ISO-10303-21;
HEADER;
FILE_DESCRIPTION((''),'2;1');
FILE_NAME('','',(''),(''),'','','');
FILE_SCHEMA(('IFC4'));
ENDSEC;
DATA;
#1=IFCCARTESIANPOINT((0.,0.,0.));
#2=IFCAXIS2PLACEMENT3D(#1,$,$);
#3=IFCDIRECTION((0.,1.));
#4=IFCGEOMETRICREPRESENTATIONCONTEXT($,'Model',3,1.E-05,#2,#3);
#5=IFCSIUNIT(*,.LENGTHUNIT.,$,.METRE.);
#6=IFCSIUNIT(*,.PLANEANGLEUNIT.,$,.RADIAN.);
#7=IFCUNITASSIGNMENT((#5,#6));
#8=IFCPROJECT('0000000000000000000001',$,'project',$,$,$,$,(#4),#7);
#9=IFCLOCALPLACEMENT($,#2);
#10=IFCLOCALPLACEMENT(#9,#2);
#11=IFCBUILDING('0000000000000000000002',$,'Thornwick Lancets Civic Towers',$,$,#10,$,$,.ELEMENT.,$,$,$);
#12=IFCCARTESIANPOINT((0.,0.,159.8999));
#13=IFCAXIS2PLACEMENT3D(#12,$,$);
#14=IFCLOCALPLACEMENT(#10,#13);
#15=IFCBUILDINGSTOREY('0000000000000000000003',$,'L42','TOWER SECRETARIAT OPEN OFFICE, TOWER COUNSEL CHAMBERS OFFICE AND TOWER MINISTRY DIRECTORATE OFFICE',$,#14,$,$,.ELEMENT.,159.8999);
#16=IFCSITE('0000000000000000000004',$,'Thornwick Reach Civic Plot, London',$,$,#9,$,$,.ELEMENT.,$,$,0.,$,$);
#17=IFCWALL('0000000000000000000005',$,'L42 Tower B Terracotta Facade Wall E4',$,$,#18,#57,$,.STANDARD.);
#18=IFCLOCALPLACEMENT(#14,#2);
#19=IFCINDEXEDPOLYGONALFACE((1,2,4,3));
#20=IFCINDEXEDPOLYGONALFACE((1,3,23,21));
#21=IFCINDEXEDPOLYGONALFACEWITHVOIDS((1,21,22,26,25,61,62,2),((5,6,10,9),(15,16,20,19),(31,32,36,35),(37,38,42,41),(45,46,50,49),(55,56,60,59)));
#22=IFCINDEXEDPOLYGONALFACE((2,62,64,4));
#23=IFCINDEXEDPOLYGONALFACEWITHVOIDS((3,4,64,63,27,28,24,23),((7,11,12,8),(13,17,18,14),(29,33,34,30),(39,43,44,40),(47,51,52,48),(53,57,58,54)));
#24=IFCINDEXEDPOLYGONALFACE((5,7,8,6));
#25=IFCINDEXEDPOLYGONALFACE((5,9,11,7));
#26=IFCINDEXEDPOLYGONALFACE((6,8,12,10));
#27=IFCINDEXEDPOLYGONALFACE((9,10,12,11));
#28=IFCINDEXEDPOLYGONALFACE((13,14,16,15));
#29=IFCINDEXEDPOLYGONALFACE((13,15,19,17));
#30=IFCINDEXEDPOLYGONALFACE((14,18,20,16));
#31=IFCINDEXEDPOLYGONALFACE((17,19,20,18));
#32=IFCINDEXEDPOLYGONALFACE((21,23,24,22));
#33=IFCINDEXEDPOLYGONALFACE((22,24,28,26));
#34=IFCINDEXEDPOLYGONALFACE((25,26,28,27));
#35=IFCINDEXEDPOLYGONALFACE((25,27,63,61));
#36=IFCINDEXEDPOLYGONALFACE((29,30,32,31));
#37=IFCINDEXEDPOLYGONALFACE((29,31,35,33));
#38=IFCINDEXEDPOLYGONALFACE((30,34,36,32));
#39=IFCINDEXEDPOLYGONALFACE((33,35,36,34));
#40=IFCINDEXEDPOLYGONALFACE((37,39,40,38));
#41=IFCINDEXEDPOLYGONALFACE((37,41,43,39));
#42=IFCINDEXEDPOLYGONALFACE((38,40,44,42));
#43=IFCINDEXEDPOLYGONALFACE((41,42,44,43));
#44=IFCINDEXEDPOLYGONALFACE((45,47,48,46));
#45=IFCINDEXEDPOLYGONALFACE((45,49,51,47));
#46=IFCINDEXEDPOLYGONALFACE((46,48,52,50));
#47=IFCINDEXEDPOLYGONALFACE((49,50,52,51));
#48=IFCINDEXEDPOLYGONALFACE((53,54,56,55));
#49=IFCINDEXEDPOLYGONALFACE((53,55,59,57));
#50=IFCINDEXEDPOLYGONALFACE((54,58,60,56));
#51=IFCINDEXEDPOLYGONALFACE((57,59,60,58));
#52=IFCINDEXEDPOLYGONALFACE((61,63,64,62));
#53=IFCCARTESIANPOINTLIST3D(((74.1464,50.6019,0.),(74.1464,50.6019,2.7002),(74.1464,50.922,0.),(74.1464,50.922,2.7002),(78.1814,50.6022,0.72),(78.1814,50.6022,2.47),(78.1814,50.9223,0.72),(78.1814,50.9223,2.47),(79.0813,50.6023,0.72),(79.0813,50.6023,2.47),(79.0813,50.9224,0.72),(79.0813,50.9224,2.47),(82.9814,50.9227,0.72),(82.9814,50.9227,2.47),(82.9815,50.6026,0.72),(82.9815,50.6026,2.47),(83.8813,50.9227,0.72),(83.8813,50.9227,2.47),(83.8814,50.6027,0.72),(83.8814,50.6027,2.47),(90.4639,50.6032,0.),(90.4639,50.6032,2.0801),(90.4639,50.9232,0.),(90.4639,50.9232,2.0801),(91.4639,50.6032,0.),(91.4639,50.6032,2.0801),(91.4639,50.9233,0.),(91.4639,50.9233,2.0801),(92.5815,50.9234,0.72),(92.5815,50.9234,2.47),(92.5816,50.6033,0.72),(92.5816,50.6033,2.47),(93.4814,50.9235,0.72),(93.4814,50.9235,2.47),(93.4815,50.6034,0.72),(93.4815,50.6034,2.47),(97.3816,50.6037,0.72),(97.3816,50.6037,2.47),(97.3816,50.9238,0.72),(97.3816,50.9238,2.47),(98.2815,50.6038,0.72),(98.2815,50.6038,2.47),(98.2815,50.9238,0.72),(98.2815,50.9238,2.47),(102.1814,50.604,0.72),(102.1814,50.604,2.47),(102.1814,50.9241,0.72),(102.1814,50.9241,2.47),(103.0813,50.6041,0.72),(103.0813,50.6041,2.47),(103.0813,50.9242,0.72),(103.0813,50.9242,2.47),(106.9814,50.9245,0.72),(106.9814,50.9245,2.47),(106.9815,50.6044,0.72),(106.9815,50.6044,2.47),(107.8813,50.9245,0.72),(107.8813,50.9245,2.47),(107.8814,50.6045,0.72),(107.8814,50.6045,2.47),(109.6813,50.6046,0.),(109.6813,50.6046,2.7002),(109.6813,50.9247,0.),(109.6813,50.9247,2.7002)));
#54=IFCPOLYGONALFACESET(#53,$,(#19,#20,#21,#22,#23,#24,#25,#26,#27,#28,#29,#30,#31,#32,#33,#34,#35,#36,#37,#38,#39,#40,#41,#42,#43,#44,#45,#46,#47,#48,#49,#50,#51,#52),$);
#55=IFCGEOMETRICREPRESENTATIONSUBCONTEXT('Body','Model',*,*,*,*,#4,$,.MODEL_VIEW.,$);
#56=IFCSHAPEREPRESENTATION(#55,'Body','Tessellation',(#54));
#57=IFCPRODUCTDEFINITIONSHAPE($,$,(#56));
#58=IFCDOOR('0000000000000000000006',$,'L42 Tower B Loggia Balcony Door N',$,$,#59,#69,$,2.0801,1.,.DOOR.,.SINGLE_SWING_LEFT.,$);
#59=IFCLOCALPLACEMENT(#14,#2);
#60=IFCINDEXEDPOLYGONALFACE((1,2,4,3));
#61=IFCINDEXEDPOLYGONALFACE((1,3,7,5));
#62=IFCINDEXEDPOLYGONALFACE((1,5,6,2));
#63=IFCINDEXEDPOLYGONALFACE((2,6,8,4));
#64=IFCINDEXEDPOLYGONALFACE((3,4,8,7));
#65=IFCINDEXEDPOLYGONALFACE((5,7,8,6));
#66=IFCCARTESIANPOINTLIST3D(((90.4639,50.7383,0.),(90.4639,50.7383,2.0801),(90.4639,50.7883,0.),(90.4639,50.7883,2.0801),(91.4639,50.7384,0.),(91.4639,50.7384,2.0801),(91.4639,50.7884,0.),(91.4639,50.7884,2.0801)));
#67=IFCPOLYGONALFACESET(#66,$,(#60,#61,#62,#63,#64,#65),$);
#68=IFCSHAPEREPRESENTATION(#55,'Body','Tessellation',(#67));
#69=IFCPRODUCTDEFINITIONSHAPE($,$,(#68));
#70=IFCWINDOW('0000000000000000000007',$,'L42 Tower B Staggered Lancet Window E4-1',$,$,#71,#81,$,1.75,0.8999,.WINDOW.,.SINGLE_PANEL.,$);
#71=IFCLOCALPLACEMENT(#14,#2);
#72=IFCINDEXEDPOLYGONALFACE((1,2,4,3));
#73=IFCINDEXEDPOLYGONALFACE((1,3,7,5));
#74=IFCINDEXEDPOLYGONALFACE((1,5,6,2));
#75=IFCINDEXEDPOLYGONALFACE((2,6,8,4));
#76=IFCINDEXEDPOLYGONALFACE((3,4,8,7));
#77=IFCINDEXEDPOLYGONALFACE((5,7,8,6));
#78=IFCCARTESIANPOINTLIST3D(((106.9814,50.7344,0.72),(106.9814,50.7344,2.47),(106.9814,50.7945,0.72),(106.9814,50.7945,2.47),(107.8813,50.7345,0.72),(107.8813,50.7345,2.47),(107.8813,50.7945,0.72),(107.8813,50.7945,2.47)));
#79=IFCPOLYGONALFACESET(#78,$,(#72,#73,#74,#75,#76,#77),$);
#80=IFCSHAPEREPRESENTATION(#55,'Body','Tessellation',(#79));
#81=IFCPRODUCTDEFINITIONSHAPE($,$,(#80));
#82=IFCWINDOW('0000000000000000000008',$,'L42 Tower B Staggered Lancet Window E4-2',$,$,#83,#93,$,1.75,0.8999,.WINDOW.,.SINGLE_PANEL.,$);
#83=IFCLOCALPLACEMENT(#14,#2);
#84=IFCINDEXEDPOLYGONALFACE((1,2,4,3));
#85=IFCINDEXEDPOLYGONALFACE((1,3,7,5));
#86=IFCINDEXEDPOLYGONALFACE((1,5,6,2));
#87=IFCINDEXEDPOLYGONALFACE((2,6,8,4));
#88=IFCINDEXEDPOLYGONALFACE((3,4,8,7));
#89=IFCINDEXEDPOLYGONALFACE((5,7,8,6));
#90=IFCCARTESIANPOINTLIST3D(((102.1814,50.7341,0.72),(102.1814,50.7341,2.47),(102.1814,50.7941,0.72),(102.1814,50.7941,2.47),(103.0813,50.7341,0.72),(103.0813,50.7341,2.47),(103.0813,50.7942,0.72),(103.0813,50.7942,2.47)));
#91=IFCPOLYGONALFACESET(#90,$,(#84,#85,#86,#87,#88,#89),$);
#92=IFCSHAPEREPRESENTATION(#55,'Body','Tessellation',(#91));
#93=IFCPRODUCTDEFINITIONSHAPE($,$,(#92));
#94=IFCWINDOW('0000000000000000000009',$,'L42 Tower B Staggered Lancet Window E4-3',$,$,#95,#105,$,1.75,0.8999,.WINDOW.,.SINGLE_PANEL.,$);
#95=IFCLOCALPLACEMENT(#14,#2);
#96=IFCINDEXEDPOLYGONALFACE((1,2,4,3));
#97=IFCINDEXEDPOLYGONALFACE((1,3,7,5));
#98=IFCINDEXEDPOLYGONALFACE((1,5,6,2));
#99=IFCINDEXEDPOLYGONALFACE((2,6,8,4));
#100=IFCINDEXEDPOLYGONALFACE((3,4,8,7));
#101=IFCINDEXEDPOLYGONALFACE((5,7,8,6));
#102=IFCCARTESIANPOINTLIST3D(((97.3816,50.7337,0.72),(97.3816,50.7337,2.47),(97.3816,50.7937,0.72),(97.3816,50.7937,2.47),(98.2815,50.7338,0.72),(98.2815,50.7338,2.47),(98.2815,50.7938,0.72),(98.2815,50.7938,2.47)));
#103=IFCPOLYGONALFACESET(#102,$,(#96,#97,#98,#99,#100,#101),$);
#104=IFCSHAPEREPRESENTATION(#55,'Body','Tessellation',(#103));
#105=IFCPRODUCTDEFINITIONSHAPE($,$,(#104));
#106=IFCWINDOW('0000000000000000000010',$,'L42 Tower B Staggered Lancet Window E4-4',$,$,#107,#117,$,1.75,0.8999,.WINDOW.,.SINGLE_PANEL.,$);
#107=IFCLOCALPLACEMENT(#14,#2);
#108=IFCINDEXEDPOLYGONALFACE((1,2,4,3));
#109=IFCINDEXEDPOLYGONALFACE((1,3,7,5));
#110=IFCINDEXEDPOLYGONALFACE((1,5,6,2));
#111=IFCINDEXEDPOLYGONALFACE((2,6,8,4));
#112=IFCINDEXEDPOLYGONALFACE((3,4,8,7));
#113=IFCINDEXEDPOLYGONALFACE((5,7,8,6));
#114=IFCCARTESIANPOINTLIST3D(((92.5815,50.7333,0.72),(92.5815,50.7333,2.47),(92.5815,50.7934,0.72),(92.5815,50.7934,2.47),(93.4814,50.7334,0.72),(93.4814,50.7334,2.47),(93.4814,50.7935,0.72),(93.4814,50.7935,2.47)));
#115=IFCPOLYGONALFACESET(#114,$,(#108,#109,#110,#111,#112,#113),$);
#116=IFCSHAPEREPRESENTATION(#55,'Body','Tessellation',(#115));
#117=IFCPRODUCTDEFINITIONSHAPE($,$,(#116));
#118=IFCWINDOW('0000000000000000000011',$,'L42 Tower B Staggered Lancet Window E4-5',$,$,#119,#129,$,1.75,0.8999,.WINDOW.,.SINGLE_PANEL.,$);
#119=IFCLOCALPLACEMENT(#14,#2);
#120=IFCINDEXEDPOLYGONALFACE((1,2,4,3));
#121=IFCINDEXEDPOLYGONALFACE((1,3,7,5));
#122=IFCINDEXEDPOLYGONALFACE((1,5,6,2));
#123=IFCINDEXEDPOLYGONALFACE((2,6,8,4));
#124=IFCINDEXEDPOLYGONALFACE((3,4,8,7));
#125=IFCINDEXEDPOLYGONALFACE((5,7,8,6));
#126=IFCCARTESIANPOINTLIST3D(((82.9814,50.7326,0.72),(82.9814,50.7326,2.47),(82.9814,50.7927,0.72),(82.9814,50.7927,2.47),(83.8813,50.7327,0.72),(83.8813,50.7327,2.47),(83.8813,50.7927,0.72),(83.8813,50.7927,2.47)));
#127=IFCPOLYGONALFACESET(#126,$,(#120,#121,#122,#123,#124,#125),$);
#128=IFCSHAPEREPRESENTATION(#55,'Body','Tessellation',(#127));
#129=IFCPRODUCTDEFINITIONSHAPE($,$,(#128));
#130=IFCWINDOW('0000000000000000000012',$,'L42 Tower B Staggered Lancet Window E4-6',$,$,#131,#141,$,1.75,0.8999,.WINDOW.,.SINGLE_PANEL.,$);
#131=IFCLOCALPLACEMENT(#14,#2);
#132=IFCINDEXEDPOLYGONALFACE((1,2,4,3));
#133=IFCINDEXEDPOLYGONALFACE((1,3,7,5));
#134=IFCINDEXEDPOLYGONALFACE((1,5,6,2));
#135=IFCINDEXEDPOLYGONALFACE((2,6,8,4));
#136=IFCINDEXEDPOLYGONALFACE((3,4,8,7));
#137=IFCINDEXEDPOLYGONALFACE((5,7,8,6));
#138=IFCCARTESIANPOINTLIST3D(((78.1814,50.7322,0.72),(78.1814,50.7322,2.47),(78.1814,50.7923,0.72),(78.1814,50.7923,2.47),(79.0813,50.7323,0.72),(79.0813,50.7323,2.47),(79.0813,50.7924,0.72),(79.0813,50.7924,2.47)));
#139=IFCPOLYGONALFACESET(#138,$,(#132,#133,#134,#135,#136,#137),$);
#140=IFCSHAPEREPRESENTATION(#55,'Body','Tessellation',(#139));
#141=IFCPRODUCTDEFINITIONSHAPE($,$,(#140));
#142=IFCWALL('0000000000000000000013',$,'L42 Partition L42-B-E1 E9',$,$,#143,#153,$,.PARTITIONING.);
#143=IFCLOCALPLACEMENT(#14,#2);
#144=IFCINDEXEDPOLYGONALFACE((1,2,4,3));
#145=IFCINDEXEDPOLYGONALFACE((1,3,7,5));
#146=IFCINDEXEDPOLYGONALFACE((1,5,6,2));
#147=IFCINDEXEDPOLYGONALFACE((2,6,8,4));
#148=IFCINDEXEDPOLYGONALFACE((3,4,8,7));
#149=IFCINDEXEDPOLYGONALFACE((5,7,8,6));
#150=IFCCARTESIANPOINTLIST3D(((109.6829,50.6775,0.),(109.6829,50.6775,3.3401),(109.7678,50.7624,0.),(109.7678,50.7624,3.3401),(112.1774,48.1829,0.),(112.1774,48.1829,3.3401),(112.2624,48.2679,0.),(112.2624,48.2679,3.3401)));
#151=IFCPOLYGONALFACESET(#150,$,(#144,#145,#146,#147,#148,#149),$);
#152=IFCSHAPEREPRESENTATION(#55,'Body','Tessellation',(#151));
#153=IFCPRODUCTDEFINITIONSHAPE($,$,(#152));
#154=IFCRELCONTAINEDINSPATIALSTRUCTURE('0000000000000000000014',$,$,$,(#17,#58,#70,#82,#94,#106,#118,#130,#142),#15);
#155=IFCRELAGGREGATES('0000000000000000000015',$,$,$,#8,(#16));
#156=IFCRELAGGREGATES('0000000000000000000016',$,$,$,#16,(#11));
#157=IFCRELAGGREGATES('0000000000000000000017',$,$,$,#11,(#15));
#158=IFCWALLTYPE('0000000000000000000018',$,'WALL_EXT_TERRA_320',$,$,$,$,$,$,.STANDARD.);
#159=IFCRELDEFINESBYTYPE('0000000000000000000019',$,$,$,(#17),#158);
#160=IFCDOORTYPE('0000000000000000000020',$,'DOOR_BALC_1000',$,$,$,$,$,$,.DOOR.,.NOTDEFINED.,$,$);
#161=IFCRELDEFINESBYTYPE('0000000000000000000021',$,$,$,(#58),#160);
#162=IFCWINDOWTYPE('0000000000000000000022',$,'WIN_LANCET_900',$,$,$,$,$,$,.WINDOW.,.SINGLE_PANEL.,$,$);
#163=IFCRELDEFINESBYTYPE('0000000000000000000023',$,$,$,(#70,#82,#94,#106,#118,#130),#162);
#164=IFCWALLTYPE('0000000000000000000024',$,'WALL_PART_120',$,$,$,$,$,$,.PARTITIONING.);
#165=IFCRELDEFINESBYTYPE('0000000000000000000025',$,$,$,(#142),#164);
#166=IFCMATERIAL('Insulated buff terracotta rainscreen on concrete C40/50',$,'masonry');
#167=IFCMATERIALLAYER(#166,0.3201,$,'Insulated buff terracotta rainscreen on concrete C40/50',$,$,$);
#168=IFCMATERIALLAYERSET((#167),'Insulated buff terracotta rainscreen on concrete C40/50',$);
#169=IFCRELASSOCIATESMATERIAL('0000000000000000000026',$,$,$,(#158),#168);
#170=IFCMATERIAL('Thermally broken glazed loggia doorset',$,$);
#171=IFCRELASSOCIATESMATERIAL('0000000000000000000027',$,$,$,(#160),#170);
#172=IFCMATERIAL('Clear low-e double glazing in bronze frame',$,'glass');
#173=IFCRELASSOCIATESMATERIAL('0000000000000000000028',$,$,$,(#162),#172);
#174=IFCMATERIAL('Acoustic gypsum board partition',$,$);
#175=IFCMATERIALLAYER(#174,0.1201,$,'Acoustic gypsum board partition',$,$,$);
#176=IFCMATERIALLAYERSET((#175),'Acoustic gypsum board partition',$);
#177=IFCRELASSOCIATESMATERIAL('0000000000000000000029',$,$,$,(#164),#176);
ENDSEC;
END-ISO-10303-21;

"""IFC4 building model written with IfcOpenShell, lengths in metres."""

from ifc_helpers import new_model, si_unit, direction, frame, frame_2d, origin, place, context, subcontext, project, spatial, rectangle, extrude, material, layer, layer_set, type_object, element, fill, save


model = new_model("IFC4")

# Units and contexts
model_context = context("Model", 3, precision=1e-05, world=origin(), true_north=direction((0.0, 1.0)))
body_context = subcontext(model_context, "Body", "Model", "MODEL_VIEW")
ifc_project = project(units=[si_unit("LENGTHUNIT", "METRE"), si_unit("PLANEANGLEUNIT", "RADIAN")], contexts=[model_context])

# Site, building, storey
site_placement = place(None, origin())
site = spatial("IfcSite", under=ifc_project, at=site_placement, Name="Thornwick Reach Civic Plot, London", CompositionType="ELEMENT", RefElevation=0.0)
building_placement = place(site_placement, origin())
building = spatial("IfcBuilding", under=site, at=building_placement, Name="Thornwick Lancets Civic Towers", CompositionType="ELEMENT")
storey_placement = place(building_placement, frame((0.0, 0.0, 159.8999)))
storey = spatial("IfcBuildingStorey", under=building, at=storey_placement, Name="L42", Description="TOWER SECRETARIAT OPEN OFFICE, TOWER COUNSEL CHAMBERS OFFICE AND TOWER MINISTRY DIRECTORATE OFFICE", CompositionType="ELEMENT", Elevation=159.8999)

# Wall, openings, door, windows
ifc_material_1 = material(Name="Insulated buff terracotta rainscreen on concrete C40/50", Category="masonry")
ifc_layer_1 = layer(ifc_material_1, 0.3201, Name="Insulated buff terracotta rainscreen on concrete C40/50")
ifc_layer_set_1 = layer_set([ifc_layer_1], Name="Insulated buff terracotta rainscreen on concrete C40/50")
wall_type_1 = type_object("IfcWallType", Name="WALL_EXT_TERRA_320", PredefinedType="STANDARD", material=ifc_layer_set_1)
wall_1_placement = place(storey_placement, frame((109.6814, 50.7646, 0.0), z_axis=(0.0, 0.0, 1.0), x_axis=(-1.0, -0.000076, 0.0)))
wall_1 = element("IfcWall", 1, at=wall_1_placement, inside=storey, type_object=wall_type_1, Name="L42 Tower B Terracotta Facade Wall E4", PredefinedType="STANDARD", context=body_context, shape_type="SweptSolid", body=[
    extrude(rectangle(XDim=35.5349, YDim=0.3201, at=frame_2d((17.7676, 0.0))), origin(), (0.0, 0.0, 1.0), 2.7002),
])
opening_1_placement = place(wall_1_placement, frame((18.2175, 0.0, 0.0)))
opening_1 = element("IfcOpeningElement", 2, at=opening_1_placement, cuts=wall_1, PredefinedType="OPENING", context=body_context, shape_type="SweptSolid", body=[
    extrude(rectangle(XDim=1.0, YDim=2.0801, at=frame_2d((0.5, 1.04))), frame((0.0, 0.1699, 0.0), z_axis=(0.0, -1.0, 0.0), x_axis=(1.0, 0.0, 0.0)), (0.0, 0.0, 1.0), 0.3401),
])
opening_2_placement = place(wall_1_placement, frame((1.8, 0.0, 0.72)))
opening_2 = element("IfcOpeningElement", 3, at=opening_2_placement, cuts=wall_1, PredefinedType="OPENING", context=body_context, shape_type="SweptSolid", body=[
    extrude(rectangle(XDim=0.8999, YDim=1.75, at=frame_2d((0.45, 0.875))), frame((0.0, 0.1699, 0.0), z_axis=(0.0, -1.0, 0.0), x_axis=(1.0, 0.0, 0.0)), (0.0, 0.0, 1.0), 0.3401),
])
opening_3_placement = place(wall_1_placement, frame((6.6001, 0.0, 0.72)))
opening_3 = element("IfcOpeningElement", 4, at=opening_3_placement, cuts=wall_1, PredefinedType="OPENING", context=body_context, shape_type="SweptSolid", body=[
    extrude(rectangle(XDim=0.8999, YDim=1.75, at=frame_2d((0.45, 0.875))), frame((0.0, 0.1699, 0.0), z_axis=(0.0, -1.0, 0.0), x_axis=(1.0, 0.0, 0.0)), (0.0, 0.0, 1.0), 0.3401),
])
opening_4_placement = place(wall_1_placement, frame((11.3999, 0.0, 0.72)))
opening_4 = element("IfcOpeningElement", 5, at=opening_4_placement, cuts=wall_1, PredefinedType="OPENING", context=body_context, shape_type="SweptSolid", body=[
    extrude(rectangle(XDim=0.8999, YDim=1.75, at=frame_2d((0.45, 0.875))), frame((0.0, 0.1699, 0.0), z_axis=(0.0, -1.0, 0.0), x_axis=(1.0, 0.0, 0.0)), (0.0, 0.0, 1.0), 0.3401),
])
opening_5_placement = place(wall_1_placement, frame((16.2, 0.0, 0.72)))
opening_5 = element("IfcOpeningElement", 6, at=opening_5_placement, cuts=wall_1, PredefinedType="OPENING", context=body_context, shape_type="SweptSolid", body=[
    extrude(rectangle(XDim=0.8999, YDim=1.75, at=frame_2d((0.45, 0.875))), frame((0.0, 0.1699, 0.0), z_axis=(0.0, -1.0, 0.0), x_axis=(1.0, 0.0, 0.0)), (0.0, 0.0, 1.0), 0.3401),
])
opening_6_placement = place(wall_1_placement, frame((25.8, 0.0, 0.72)))
opening_6 = element("IfcOpeningElement", 7, at=opening_6_placement, cuts=wall_1, PredefinedType="OPENING", context=body_context, shape_type="SweptSolid", body=[
    extrude(rectangle(XDim=0.8999, YDim=1.75, at=frame_2d((0.45, 0.875))), frame((0.0, 0.1699, 0.0), z_axis=(0.0, -1.0, 0.0), x_axis=(1.0, 0.0, 0.0)), (0.0, 0.0, 1.0), 0.3401),
])
opening_7_placement = place(wall_1_placement, frame((30.6001, 0.0, 0.72)))
opening_7 = element("IfcOpeningElement", 8, at=opening_7_placement, cuts=wall_1, PredefinedType="OPENING", context=body_context, shape_type="SweptSolid", body=[
    extrude(rectangle(XDim=0.8999, YDim=1.75, at=frame_2d((0.45, 0.875))), frame((0.0, 0.1699, 0.0), z_axis=(0.0, -1.0, 0.0), x_axis=(1.0, 0.0, 0.0)), (0.0, 0.0, 1.0), 0.3401),
])
ifc_material_2 = material(Name="Thermally broken glazed loggia doorset")
door_type = type_object("IfcDoorType", Name="DOOR_BALC_1000", OperationType="NOTDEFINED", PredefinedType="DOOR", material=ifc_material_2)
door_placement = place(opening_1_placement, origin())
door = element("IfcDoor", 9, at=door_placement, inside=storey, type_object=door_type, Name="L42 Tower B Loggia Balcony Door N", OperationType="SINGLE_SWING_LEFT", OverallHeight=2.0801, OverallWidth=1.0, PredefinedType="DOOR", context=body_context, shape_type="SweptSolid", body=[
    extrude(rectangle(XDim=1.0, YDim=2.0801, at=frame_2d((0.5, 1.04))), frame((0.0, 0.0249, 0.0), z_axis=(0.0, -1.0, 0.0), x_axis=(1.0, 0.0, 0.0)), (0.0, 0.0, 1.0), 0.05),
])
fill(opening_1, door)
ifc_material_3 = material(Name="Clear low-e double glazing in bronze frame", Category="glass")
window_type = type_object("IfcWindowType", Name="WIN_LANCET_900", PartitioningType="SINGLE_PANEL", PredefinedType="WINDOW", material=ifc_material_3)
window_1_placement = place(opening_2_placement, origin())
window_1 = element("IfcWindow", 10, at=window_1_placement, inside=storey, type_object=window_type, Name="L42 Tower B Staggered Lancet Window E4-1", OverallHeight=1.75, OverallWidth=0.8999, PartitioningType="SINGLE_PANEL", PredefinedType="WINDOW", context=body_context, shape_type="SweptSolid", body=[
    extrude(rectangle(XDim=0.8999, YDim=1.75, at=frame_2d((0.45, 0.875))), frame((0.0, 0.03, 0.0), z_axis=(0.0, -1.0, 0.0), x_axis=(1.0, 0.0, 0.0)), (0.0, 0.0, 1.0), 0.0601),
])
fill(opening_2, window_1)
window_2_placement = place(opening_3_placement, origin())
window_2 = element("IfcWindow", 11, at=window_2_placement, inside=storey, type_object=window_type, Name="L42 Tower B Staggered Lancet Window E4-2", OverallHeight=1.75, OverallWidth=0.8999, PartitioningType="SINGLE_PANEL", PredefinedType="WINDOW", context=body_context, shape_type="SweptSolid", body=[
    extrude(rectangle(XDim=0.8999, YDim=1.75, at=frame_2d((0.45, 0.875))), frame((0.0, 0.03, 0.0), z_axis=(0.0, -1.0, 0.0), x_axis=(1.0, 0.0, 0.0)), (0.0, 0.0, 1.0), 0.0601),
])
fill(opening_3, window_2)
window_3_placement = place(opening_4_placement, origin())
window_3 = element("IfcWindow", 12, at=window_3_placement, inside=storey, type_object=window_type, Name="L42 Tower B Staggered Lancet Window E4-3", OverallHeight=1.75, OverallWidth=0.8999, PartitioningType="SINGLE_PANEL", PredefinedType="WINDOW", context=body_context, shape_type="SweptSolid", body=[
    extrude(rectangle(XDim=0.8999, YDim=1.75, at=frame_2d((0.45, 0.875))), frame((0.0, 0.03, 0.0), z_axis=(0.0, -1.0, 0.0), x_axis=(1.0, 0.0, 0.0)), (0.0, 0.0, 1.0), 0.0601),
])
fill(opening_4, window_3)
window_4_placement = place(opening_5_placement, origin())
window_4 = element("IfcWindow", 13, at=window_4_placement, inside=storey, type_object=window_type, Name="L42 Tower B Staggered Lancet Window E4-4", OverallHeight=1.75, OverallWidth=0.8999, PartitioningType="SINGLE_PANEL", PredefinedType="WINDOW", context=body_context, shape_type="SweptSolid", body=[
    extrude(rectangle(XDim=0.8999, YDim=1.75, at=frame_2d((0.45, 0.875))), frame((0.0, 0.03, 0.0), z_axis=(0.0, -1.0, 0.0), x_axis=(1.0, 0.0, 0.0)), (0.0, 0.0, 1.0), 0.0601),
])
fill(opening_5, window_4)
window_5_placement = place(opening_6_placement, origin())
window_5 = element("IfcWindow", 14, at=window_5_placement, inside=storey, type_object=window_type, Name="L42 Tower B Staggered Lancet Window E4-5", OverallHeight=1.75, OverallWidth=0.8999, PartitioningType="SINGLE_PANEL", PredefinedType="WINDOW", context=body_context, shape_type="SweptSolid", body=[
    extrude(rectangle(XDim=0.8999, YDim=1.75, at=frame_2d((0.45, 0.875))), frame((0.0, 0.03, 0.0), z_axis=(0.0, -1.0, 0.0), x_axis=(1.0, 0.0, 0.0)), (0.0, 0.0, 1.0), 0.0601),
])
fill(opening_6, window_5)
window_6_placement = place(opening_7_placement, origin())
window_6 = element("IfcWindow", 15, at=window_6_placement, inside=storey, type_object=window_type, Name="L42 Tower B Staggered Lancet Window E4-6", OverallHeight=1.75, OverallWidth=0.8999, PartitioningType="SINGLE_PANEL", PredefinedType="WINDOW", context=body_context, shape_type="SweptSolid", body=[
    extrude(rectangle(XDim=0.8999, YDim=1.75, at=frame_2d((0.45, 0.875))), frame((0.0, 0.03, 0.0), z_axis=(0.0, -1.0, 0.0), x_axis=(1.0, 0.0, 0.0)), (0.0, 0.0, 1.0), 0.0601),
])
fill(opening_7, window_6)

# Wall
ifc_material_4 = material(Name="Acoustic gypsum board partition")
ifc_layer_2 = layer(ifc_material_4, 0.1201, Name="Acoustic gypsum board partition")
ifc_layer_set_2 = layer_set([ifc_layer_2], Name="Acoustic gypsum board partition")
wall_type_2 = type_object("IfcWallType", Name="WALL_PART_120", PredefinedType="PARTITIONING", material=ifc_layer_set_2)
wall_2_placement = place(storey_placement, frame((109.7253, 50.72, 0.0), z_axis=(0.0, 0.0, 1.0), x_axis=(0.707107, -0.707107, 0.0)))
element("IfcWall", 16, at=wall_2_placement, inside=storey, type_object=wall_type_2, Name="L42 Partition L42-B-E1 E9", PredefinedType="PARTITIONING", context=body_context, shape_type="SweptSolid", body=[
    extrude(rectangle(XDim=3.5278, YDim=0.1201, at=frame_2d((1.7639, 0.0))), origin(), (0.0, 0.0, 1.0), 3.3401),
])

save(model, "model.ifc")
